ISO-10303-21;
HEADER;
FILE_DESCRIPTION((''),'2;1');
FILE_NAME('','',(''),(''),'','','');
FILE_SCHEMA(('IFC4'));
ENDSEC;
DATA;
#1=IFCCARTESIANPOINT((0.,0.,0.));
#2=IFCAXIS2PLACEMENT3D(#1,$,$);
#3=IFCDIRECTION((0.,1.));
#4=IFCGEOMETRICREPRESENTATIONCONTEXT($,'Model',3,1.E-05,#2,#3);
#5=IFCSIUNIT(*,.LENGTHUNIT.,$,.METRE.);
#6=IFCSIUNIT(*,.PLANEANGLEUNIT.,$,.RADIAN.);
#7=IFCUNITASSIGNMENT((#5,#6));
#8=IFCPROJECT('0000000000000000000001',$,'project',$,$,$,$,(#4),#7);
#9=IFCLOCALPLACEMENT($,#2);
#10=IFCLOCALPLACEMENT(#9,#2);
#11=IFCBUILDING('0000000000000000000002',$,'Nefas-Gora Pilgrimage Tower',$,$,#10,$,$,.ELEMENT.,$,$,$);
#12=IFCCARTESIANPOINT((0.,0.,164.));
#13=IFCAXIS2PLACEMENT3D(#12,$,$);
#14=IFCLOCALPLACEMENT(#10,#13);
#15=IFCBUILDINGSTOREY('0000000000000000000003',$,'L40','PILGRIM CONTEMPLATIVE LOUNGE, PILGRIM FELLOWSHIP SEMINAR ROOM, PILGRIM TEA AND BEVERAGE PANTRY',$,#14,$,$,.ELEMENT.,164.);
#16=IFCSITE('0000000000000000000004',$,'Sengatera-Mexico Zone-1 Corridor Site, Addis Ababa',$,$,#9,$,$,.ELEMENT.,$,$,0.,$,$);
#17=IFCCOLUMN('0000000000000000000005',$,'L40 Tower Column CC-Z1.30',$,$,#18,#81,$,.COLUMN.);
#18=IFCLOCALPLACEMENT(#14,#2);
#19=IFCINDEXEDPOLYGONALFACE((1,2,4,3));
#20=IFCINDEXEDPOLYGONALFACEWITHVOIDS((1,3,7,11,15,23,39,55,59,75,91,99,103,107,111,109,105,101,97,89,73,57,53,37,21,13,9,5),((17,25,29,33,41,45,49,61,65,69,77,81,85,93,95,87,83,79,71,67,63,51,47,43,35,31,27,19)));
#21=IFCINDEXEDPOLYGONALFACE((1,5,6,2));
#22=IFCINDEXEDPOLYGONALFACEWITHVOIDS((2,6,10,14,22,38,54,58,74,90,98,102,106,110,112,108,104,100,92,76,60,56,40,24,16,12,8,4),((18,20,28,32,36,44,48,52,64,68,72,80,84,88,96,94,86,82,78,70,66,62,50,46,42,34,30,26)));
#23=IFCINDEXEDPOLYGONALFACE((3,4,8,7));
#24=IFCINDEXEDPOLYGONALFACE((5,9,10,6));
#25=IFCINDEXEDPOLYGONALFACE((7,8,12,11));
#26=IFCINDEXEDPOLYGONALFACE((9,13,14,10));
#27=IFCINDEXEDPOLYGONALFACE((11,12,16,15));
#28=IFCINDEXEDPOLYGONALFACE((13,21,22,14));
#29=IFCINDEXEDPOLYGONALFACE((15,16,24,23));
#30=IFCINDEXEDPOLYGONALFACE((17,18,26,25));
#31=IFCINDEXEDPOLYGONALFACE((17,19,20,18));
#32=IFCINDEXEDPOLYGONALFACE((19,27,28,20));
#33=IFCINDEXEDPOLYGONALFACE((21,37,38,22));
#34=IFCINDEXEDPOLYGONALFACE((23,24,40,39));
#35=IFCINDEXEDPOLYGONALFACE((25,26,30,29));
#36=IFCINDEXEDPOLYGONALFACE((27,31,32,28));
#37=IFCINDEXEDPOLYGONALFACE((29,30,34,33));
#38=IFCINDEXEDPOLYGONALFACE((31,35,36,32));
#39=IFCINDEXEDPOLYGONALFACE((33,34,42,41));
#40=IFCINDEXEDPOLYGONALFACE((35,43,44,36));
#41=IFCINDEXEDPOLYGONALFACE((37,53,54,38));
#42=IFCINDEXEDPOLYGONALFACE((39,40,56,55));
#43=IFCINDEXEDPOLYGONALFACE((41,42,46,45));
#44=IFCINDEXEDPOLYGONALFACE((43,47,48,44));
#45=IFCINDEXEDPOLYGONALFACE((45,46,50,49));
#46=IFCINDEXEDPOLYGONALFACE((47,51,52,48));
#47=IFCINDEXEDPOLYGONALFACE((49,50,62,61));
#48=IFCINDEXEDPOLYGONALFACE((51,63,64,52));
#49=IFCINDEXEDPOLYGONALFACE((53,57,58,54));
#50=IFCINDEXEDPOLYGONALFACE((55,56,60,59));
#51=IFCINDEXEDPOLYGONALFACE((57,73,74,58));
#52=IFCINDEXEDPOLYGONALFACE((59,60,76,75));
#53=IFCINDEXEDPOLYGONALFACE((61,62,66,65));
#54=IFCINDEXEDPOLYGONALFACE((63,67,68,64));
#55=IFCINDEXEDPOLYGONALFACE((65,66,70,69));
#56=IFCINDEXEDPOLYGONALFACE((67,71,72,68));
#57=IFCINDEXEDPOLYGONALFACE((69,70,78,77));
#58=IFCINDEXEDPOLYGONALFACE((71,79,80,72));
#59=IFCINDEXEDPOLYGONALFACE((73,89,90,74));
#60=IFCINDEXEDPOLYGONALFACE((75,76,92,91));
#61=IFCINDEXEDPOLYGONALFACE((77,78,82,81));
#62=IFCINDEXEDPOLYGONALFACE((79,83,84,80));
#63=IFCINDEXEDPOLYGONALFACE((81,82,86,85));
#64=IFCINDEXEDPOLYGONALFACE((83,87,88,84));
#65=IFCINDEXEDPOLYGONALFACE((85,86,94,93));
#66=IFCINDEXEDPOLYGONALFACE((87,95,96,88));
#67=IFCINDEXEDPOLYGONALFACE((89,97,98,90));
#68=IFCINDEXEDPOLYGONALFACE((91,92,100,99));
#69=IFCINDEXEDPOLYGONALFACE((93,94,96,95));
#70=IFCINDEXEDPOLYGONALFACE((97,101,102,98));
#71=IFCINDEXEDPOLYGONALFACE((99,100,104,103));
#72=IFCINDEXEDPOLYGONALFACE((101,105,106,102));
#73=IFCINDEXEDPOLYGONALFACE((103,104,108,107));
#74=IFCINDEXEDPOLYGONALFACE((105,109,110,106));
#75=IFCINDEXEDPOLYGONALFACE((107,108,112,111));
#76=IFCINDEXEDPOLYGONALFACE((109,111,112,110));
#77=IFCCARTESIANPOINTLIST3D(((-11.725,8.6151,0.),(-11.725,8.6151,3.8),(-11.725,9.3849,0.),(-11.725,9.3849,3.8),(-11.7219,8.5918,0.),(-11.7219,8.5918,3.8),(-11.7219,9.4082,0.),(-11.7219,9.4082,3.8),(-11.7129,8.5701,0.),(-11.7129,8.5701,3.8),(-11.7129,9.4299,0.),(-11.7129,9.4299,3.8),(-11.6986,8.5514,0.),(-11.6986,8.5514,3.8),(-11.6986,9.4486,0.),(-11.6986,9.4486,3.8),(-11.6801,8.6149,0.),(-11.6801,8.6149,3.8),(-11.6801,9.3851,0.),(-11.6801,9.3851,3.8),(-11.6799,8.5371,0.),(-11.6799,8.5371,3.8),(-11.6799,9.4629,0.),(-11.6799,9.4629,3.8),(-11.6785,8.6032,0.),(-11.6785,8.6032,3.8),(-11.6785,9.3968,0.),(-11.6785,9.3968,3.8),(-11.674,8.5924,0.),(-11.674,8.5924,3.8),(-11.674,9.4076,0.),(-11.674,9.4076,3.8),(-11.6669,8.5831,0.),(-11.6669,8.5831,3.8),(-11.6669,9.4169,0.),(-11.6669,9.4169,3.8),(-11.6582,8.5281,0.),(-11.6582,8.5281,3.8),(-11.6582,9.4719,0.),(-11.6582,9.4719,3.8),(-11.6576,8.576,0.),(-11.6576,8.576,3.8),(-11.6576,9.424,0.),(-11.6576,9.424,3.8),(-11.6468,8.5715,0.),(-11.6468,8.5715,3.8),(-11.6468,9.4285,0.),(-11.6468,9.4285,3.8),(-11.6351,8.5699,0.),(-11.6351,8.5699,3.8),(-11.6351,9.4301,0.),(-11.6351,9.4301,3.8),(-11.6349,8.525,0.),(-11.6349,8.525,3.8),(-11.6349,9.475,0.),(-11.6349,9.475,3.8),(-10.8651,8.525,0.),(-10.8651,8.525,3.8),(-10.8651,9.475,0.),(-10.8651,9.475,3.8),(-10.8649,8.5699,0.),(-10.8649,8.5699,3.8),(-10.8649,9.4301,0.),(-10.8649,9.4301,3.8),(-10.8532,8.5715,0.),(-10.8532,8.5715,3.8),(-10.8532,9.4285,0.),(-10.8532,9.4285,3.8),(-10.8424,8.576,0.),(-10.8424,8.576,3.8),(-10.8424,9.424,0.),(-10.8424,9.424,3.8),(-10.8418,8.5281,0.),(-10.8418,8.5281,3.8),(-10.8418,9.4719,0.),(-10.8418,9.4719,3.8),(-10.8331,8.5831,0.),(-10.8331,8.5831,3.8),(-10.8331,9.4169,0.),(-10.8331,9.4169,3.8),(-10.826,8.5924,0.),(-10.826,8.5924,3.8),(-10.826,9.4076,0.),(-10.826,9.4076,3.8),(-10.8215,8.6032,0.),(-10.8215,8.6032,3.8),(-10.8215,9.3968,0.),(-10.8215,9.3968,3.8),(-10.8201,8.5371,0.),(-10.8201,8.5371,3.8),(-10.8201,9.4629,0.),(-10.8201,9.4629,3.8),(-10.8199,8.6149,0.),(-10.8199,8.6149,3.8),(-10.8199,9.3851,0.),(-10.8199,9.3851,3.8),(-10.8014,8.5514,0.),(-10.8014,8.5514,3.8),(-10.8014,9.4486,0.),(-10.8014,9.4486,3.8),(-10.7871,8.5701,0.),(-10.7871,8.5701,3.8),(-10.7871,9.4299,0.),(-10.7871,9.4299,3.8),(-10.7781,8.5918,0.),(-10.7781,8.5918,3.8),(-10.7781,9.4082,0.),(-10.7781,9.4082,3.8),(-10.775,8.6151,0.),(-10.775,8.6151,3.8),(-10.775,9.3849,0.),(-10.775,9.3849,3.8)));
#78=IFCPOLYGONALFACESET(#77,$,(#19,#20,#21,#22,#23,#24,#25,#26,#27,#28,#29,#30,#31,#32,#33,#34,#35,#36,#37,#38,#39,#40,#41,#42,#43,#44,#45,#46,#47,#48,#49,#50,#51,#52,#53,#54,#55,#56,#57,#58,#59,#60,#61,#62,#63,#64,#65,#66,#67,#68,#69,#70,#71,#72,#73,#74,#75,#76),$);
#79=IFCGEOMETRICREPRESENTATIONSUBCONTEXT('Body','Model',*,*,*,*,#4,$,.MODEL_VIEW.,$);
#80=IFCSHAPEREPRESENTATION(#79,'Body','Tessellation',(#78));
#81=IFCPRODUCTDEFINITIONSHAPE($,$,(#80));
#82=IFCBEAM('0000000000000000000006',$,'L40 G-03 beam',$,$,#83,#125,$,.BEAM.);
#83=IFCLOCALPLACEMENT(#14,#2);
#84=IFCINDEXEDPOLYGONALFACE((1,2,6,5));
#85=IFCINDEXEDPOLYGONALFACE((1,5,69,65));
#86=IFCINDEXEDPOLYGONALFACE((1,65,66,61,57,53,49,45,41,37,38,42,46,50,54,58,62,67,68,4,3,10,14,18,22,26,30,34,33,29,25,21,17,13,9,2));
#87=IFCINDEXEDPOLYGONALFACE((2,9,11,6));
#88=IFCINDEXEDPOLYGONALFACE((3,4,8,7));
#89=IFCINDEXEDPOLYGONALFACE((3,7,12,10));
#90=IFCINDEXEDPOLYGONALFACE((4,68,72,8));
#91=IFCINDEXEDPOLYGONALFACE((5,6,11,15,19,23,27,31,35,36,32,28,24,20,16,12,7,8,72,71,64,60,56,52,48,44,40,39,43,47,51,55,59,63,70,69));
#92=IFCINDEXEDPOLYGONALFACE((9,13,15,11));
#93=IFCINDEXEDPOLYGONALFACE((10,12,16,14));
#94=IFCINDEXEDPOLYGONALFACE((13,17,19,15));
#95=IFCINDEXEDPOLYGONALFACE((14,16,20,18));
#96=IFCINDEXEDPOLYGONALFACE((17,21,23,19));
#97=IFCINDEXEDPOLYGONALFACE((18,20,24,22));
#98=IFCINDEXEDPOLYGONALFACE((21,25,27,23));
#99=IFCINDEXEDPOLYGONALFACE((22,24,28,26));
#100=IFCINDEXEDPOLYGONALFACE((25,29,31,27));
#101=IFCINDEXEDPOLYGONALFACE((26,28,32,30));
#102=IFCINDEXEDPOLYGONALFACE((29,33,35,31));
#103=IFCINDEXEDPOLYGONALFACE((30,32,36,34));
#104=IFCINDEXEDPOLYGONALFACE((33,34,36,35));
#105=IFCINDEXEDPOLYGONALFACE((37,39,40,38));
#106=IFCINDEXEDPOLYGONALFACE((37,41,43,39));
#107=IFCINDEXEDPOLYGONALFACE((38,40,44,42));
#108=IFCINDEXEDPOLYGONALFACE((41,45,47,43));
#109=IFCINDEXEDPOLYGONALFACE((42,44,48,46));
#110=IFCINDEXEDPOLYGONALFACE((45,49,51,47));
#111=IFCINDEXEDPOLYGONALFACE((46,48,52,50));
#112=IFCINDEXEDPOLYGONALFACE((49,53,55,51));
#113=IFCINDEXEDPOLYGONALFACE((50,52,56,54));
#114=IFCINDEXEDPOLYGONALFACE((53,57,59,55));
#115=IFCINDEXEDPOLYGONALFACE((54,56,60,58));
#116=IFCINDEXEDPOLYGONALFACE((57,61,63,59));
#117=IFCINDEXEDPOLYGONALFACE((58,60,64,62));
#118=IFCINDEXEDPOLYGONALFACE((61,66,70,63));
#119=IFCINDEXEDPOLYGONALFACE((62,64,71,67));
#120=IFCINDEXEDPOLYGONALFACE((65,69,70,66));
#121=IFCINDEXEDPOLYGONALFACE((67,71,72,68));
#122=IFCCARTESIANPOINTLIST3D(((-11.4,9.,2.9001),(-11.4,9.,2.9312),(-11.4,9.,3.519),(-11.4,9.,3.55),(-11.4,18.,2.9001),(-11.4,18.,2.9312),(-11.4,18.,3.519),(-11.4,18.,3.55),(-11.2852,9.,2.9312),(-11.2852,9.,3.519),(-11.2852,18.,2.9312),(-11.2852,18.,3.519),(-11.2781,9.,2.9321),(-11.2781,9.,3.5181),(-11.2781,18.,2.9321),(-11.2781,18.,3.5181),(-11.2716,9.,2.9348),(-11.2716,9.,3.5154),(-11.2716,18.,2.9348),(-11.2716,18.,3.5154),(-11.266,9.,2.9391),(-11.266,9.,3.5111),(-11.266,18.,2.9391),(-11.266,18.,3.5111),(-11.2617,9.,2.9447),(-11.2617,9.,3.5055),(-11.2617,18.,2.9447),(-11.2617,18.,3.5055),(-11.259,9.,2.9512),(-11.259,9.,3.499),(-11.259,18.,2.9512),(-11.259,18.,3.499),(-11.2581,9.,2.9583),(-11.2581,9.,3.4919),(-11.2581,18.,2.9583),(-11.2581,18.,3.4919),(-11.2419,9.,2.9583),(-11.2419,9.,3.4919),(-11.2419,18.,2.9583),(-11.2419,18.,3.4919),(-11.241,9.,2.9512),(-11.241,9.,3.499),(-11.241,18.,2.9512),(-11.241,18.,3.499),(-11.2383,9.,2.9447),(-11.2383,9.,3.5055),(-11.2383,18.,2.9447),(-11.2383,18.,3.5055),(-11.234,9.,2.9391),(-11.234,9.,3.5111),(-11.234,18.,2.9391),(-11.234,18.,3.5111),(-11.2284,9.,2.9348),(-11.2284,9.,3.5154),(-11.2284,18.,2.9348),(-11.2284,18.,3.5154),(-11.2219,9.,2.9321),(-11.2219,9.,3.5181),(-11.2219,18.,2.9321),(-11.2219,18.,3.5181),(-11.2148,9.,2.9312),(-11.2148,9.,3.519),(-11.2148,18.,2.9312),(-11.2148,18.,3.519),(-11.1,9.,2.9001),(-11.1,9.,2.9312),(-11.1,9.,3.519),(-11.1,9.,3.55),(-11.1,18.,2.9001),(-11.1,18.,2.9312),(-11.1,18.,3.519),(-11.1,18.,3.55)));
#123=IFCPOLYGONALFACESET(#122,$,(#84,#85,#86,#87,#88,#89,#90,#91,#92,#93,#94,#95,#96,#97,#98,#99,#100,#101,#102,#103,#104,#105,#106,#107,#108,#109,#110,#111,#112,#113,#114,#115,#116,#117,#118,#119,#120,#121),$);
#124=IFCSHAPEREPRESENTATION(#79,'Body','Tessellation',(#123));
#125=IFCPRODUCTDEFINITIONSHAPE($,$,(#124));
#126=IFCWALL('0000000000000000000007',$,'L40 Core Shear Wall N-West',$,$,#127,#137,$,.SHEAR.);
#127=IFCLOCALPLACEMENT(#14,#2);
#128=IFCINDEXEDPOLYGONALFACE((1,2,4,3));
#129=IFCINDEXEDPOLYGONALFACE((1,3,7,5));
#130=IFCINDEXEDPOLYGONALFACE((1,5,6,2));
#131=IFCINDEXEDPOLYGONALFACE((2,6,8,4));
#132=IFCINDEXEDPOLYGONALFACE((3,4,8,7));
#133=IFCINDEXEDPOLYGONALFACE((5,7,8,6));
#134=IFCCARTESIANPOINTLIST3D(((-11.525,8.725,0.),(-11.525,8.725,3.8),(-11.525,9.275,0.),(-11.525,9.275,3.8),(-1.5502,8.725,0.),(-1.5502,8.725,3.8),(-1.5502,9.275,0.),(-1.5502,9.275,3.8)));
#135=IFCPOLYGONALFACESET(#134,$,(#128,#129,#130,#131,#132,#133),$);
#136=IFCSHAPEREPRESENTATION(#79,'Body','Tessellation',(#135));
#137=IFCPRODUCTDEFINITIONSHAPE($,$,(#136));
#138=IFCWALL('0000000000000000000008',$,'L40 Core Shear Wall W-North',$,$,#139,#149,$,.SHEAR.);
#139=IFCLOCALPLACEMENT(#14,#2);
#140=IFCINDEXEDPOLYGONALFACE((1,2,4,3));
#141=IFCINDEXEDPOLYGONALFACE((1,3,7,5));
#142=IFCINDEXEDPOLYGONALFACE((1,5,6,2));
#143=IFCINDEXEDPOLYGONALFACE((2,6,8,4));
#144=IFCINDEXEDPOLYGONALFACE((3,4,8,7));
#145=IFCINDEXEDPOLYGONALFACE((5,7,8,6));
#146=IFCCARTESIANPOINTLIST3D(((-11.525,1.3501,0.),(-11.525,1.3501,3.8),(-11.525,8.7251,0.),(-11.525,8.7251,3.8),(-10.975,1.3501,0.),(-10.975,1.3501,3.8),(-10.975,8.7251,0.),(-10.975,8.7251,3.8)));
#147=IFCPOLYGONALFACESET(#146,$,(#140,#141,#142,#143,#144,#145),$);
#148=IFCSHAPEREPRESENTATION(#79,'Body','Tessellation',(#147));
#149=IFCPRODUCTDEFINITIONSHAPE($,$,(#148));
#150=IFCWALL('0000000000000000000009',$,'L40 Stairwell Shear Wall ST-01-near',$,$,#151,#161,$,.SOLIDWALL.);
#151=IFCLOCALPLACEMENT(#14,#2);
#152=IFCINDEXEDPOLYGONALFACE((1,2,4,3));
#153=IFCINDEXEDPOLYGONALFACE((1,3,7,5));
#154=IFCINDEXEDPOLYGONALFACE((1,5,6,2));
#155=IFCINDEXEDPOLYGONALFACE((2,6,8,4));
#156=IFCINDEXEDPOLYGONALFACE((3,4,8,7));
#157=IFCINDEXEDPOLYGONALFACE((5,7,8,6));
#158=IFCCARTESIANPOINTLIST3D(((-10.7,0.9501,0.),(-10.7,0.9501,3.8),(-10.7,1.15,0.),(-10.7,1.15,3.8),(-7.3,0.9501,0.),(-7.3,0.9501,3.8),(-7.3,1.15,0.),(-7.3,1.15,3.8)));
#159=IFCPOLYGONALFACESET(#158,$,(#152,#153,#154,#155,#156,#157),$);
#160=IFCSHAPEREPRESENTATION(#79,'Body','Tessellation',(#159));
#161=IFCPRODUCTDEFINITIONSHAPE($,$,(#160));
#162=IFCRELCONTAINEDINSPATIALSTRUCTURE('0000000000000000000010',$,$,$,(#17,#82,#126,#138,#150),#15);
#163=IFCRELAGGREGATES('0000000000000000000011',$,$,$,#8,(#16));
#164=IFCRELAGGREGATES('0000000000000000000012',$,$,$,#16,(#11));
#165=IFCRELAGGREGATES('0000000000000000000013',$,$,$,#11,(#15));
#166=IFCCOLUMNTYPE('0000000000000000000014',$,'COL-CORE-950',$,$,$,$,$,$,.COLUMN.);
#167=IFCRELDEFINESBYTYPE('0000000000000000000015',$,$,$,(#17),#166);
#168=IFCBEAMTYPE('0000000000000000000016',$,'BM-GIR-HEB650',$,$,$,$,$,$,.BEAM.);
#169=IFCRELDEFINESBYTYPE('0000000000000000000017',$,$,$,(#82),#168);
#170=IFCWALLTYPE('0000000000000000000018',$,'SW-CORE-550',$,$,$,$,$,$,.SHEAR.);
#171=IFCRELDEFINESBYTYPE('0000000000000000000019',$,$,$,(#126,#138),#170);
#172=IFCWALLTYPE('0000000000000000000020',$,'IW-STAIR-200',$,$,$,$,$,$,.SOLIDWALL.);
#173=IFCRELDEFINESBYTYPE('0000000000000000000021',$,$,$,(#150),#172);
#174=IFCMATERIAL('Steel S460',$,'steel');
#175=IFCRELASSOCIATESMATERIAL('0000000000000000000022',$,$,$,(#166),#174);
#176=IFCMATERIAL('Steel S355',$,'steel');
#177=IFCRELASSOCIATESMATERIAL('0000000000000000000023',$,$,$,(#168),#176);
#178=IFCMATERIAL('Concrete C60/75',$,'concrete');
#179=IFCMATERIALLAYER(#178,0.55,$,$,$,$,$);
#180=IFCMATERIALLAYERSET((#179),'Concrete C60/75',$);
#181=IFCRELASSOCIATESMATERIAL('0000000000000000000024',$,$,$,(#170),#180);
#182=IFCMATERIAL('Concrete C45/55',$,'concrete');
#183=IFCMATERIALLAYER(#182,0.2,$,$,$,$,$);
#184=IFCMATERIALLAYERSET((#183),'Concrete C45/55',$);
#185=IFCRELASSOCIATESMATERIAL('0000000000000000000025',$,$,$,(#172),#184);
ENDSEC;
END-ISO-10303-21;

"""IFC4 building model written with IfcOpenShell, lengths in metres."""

from ifc_helpers import new_model, si_unit, direction, frame, frame_2d, origin, origin_2d, place, context, subcontext, project, spatial, rectangle, hollow_rectangle, i_section, extrude, source, transform, mapped, material, layer, layer_set, material_profile, profile_set, type_object, element, save


model = new_model("IFC4")

# Units and contexts
model_context = context("Model", 3, precision=1e-05, world=origin(), true_north=direction((0.0, 1.0)))
body_context = subcontext(model_context, "Body", "Model", "MODEL_VIEW")
ifc_project = project(units=[si_unit("LENGTHUNIT", "METRE"), si_unit("PLANEANGLEUNIT", "RADIAN")], contexts=[model_context])

# Site, building, storey
site_placement = place(None, origin())
site = spatial("IfcSite", under=ifc_project, at=site_placement, Name="Sengatera-Mexico Zone-1 Corridor Site, Addis Ababa", CompositionType="ELEMENT", RefElevation=0.0)
building_placement = place(site_placement, origin())
building = spatial("IfcBuilding", under=site, at=building_placement, Name="Nefas-Gora Pilgrimage Tower", CompositionType="ELEMENT")
storey_placement = place(building_placement, frame((0.0, 0.0, 164.0)))
storey = spatial("IfcBuildingStorey", under=building, at=storey_placement, Name="L40", Description="PILGRIM CONTEMPLATIVE LOUNGE, PILGRIM FELLOWSHIP SEMINAR ROOM, PILGRIM TEA AND BEVERAGE PANTRY", CompositionType="ELEMENT", Elevation=164.0)

# Column
ifc_material_1 = material(Name="Steel S460", Category="steel")
ifc_material_profile_1 = material_profile(ifc_material_1, hollow_rectangle(XDim=0.95, YDim=0.95, WallThickness=0.0449, InnerFilletRadius=0.0449, OuterFilletRadius=0.0901, at=origin_2d()), Name="BOX 950x950x45")
ifc_profile_set_1 = profile_set([ifc_material_profile_1], Name="Steel S460")
column_type = type_object("IfcColumnType", Name="COL-CORE-950", PredefinedType="COLUMN", material=ifc_profile_set_1)
shared_shape_1 = source(origin(), body_context, "Body", "SweptSolid", [
    extrude(hollow_rectangle(XDim=0.95, YDim=0.95, WallThickness=0.0449, InnerFilletRadius=0.0449, OuterFilletRadius=0.0901, at=origin_2d()), origin(), (0.0, 0.0, 1.0), 3.8),
])
column_placement = place(storey_placement, frame((-11.25, 9.0, 0.0), z_axis=(0.0, 0.0, 1.0), x_axis=(1.0, 0.0, 0.0)))
element("IfcColumn", 1, at=column_placement, inside=storey, type_object=column_type, Name="L40 Tower Column CC-Z1.30", PredefinedType="COLUMN", context=body_context, shape_type="MappedRepresentation", body=[
    mapped(shared_shape_1, transform((0.0, 0.0, 0.0), x_axis=(1.0, 0.0, 0.0), y_axis=(0.0, 1.0, 0.0), z_axis=(0.0, 0.0, 1.0), scale=1.0)),
])

# Beam
ifc_material_2 = material(Name="Steel S355", Category="steel")
ifc_material_profile_2 = material_profile(ifc_material_2, i_section(OverallWidth=0.3, OverallDepth=0.6499, WebThickness=0.0161, FlangeThickness=0.031, FilletRadius=0.0271, at=origin_2d()), Name="HEB 650")
ifc_profile_set_2 = profile_set([ifc_material_profile_2], Name="Steel S355")
beam_type = type_object("IfcBeamType", Name="BM-GIR-HEB650", PredefinedType="BEAM", material=ifc_profile_set_2)
shared_shape_2 = source(origin(), body_context, "Body", "SweptSolid", [
    extrude(i_section(OverallWidth=0.3, OverallDepth=0.6499, WebThickness=0.0161, FlangeThickness=0.031, FilletRadius=0.0271, at=origin_2d()), origin(), (0.0, 0.0, 1.0), 9.0),
])
beam_placement = place(storey_placement, frame((-11.25, 9.0, 3.2251), z_axis=(0.0, 1.0, 0.0), x_axis=(-1.0, 0.0, 0.0)))
element("IfcBeam", 2, at=beam_placement, inside=storey, type_object=beam_type, Name="L40 G-03 beam", PredefinedType="BEAM", context=body_context, shape_type="MappedRepresentation", body=[
    mapped(shared_shape_2, transform((0.0, 0.0, 0.0), x_axis=(1.0, 0.0, 0.0), y_axis=(0.0, 1.0, 0.0), z_axis=(0.0, 0.0, 1.0), scale=1.0)),
])

# Walls
ifc_material_3 = material(Name="Concrete C60/75", Category="concrete")
ifc_layer_1 = layer(ifc_material_3, 0.55)
ifc_layer_set_1 = layer_set([ifc_layer_1], Name="Concrete C60/75")
wall_type_1 = type_object("IfcWallType", Name="SW-CORE-550", PredefinedType="SHEAR", material=ifc_layer_set_1)
shared_shape_3 = source(origin(), body_context, "Body", "SweptSolid", [
    extrude(rectangle(XDim=9.9749, YDim=0.55, at=frame_2d((4.9873, 0.0))), origin(), (0.0, 0.0, 1.0), 3.8),
])
wall_1_placement = place(storey_placement, frame((-11.5249, 9.0, 0.0), z_axis=(0.0, 0.0, 1.0), x_axis=(1.0, 0.0, 0.0)))
element("IfcWall", 3, at=wall_1_placement, inside=storey, type_object=wall_type_1, Name="L40 Core Shear Wall N-West", PredefinedType="SHEAR", context=body_context, shape_type="MappedRepresentation", body=[
    mapped(shared_shape_3, transform((0.0, 0.0, 0.0), x_axis=(1.0, 0.0, 0.0), y_axis=(0.0, 1.0, 0.0), z_axis=(0.0, 0.0, 1.0), scale=1.0)),
])
shared_shape_4 = source(origin(), body_context, "Body", "SweptSolid", [
    extrude(rectangle(XDim=7.375, YDim=0.55, at=frame_2d((3.6875, 0.0))), origin(), (0.0, 0.0, 1.0), 3.8),
])
wall_2_placement = place(storey_placement, frame((-11.25, 1.3501, 0.0), z_axis=(0.0, 0.0, 1.0), x_axis=(0.0, 1.0, 0.0)))
element("IfcWall", 4, at=wall_2_placement, inside=storey, type_object=wall_type_1, Name="L40 Core Shear Wall W-North", PredefinedType="SHEAR", context=body_context, shape_type="MappedRepresentation", body=[
    mapped(shared_shape_4, transform((0.0, 0.0, 0.0), x_axis=(1.0, 0.0, 0.0), y_axis=(0.0, 1.0, 0.0), z_axis=(0.0, 0.0, 1.0), scale=1.0)),
])
ifc_material_4 = material(Name="Concrete C45/55", Category="concrete")
ifc_layer_2 = layer(ifc_material_4, 0.2)
ifc_layer_set_2 = layer_set([ifc_layer_2], Name="Concrete C45/55")
wall_type_2 = type_object("IfcWallType", Name="IW-STAIR-200", PredefinedType="SOLIDWALL", material=ifc_layer_set_2)
shared_shape_5 = source(origin(), body_context, "Body", "SweptSolid", [
    extrude(rectangle(XDim=3.3999, YDim=0.2, at=frame_2d((1.7, 0.0))), origin(), (0.0, 0.0, 1.0), 3.8),
])
wall_3_placement = place(storey_placement, frame((-7.3, 1.05, 0.0), z_axis=(0.0, 0.0, 1.0), x_axis=(-1.0, 0.0, 0.0)))
element("IfcWall", 5, at=wall_3_placement, inside=storey, type_object=wall_type_2, Name="L40 Stairwell Shear Wall ST-01-near", PredefinedType="SOLIDWALL", context=body_context, shape_type="MappedRepresentation", body=[
    mapped(shared_shape_5, transform((0.0, 0.0, 0.0), x_axis=(1.0, 0.0, 0.0), y_axis=(0.0, 1.0, 0.0), z_axis=(0.0, 0.0, 1.0), scale=1.0)),
])

save(model, "model.ifc")
